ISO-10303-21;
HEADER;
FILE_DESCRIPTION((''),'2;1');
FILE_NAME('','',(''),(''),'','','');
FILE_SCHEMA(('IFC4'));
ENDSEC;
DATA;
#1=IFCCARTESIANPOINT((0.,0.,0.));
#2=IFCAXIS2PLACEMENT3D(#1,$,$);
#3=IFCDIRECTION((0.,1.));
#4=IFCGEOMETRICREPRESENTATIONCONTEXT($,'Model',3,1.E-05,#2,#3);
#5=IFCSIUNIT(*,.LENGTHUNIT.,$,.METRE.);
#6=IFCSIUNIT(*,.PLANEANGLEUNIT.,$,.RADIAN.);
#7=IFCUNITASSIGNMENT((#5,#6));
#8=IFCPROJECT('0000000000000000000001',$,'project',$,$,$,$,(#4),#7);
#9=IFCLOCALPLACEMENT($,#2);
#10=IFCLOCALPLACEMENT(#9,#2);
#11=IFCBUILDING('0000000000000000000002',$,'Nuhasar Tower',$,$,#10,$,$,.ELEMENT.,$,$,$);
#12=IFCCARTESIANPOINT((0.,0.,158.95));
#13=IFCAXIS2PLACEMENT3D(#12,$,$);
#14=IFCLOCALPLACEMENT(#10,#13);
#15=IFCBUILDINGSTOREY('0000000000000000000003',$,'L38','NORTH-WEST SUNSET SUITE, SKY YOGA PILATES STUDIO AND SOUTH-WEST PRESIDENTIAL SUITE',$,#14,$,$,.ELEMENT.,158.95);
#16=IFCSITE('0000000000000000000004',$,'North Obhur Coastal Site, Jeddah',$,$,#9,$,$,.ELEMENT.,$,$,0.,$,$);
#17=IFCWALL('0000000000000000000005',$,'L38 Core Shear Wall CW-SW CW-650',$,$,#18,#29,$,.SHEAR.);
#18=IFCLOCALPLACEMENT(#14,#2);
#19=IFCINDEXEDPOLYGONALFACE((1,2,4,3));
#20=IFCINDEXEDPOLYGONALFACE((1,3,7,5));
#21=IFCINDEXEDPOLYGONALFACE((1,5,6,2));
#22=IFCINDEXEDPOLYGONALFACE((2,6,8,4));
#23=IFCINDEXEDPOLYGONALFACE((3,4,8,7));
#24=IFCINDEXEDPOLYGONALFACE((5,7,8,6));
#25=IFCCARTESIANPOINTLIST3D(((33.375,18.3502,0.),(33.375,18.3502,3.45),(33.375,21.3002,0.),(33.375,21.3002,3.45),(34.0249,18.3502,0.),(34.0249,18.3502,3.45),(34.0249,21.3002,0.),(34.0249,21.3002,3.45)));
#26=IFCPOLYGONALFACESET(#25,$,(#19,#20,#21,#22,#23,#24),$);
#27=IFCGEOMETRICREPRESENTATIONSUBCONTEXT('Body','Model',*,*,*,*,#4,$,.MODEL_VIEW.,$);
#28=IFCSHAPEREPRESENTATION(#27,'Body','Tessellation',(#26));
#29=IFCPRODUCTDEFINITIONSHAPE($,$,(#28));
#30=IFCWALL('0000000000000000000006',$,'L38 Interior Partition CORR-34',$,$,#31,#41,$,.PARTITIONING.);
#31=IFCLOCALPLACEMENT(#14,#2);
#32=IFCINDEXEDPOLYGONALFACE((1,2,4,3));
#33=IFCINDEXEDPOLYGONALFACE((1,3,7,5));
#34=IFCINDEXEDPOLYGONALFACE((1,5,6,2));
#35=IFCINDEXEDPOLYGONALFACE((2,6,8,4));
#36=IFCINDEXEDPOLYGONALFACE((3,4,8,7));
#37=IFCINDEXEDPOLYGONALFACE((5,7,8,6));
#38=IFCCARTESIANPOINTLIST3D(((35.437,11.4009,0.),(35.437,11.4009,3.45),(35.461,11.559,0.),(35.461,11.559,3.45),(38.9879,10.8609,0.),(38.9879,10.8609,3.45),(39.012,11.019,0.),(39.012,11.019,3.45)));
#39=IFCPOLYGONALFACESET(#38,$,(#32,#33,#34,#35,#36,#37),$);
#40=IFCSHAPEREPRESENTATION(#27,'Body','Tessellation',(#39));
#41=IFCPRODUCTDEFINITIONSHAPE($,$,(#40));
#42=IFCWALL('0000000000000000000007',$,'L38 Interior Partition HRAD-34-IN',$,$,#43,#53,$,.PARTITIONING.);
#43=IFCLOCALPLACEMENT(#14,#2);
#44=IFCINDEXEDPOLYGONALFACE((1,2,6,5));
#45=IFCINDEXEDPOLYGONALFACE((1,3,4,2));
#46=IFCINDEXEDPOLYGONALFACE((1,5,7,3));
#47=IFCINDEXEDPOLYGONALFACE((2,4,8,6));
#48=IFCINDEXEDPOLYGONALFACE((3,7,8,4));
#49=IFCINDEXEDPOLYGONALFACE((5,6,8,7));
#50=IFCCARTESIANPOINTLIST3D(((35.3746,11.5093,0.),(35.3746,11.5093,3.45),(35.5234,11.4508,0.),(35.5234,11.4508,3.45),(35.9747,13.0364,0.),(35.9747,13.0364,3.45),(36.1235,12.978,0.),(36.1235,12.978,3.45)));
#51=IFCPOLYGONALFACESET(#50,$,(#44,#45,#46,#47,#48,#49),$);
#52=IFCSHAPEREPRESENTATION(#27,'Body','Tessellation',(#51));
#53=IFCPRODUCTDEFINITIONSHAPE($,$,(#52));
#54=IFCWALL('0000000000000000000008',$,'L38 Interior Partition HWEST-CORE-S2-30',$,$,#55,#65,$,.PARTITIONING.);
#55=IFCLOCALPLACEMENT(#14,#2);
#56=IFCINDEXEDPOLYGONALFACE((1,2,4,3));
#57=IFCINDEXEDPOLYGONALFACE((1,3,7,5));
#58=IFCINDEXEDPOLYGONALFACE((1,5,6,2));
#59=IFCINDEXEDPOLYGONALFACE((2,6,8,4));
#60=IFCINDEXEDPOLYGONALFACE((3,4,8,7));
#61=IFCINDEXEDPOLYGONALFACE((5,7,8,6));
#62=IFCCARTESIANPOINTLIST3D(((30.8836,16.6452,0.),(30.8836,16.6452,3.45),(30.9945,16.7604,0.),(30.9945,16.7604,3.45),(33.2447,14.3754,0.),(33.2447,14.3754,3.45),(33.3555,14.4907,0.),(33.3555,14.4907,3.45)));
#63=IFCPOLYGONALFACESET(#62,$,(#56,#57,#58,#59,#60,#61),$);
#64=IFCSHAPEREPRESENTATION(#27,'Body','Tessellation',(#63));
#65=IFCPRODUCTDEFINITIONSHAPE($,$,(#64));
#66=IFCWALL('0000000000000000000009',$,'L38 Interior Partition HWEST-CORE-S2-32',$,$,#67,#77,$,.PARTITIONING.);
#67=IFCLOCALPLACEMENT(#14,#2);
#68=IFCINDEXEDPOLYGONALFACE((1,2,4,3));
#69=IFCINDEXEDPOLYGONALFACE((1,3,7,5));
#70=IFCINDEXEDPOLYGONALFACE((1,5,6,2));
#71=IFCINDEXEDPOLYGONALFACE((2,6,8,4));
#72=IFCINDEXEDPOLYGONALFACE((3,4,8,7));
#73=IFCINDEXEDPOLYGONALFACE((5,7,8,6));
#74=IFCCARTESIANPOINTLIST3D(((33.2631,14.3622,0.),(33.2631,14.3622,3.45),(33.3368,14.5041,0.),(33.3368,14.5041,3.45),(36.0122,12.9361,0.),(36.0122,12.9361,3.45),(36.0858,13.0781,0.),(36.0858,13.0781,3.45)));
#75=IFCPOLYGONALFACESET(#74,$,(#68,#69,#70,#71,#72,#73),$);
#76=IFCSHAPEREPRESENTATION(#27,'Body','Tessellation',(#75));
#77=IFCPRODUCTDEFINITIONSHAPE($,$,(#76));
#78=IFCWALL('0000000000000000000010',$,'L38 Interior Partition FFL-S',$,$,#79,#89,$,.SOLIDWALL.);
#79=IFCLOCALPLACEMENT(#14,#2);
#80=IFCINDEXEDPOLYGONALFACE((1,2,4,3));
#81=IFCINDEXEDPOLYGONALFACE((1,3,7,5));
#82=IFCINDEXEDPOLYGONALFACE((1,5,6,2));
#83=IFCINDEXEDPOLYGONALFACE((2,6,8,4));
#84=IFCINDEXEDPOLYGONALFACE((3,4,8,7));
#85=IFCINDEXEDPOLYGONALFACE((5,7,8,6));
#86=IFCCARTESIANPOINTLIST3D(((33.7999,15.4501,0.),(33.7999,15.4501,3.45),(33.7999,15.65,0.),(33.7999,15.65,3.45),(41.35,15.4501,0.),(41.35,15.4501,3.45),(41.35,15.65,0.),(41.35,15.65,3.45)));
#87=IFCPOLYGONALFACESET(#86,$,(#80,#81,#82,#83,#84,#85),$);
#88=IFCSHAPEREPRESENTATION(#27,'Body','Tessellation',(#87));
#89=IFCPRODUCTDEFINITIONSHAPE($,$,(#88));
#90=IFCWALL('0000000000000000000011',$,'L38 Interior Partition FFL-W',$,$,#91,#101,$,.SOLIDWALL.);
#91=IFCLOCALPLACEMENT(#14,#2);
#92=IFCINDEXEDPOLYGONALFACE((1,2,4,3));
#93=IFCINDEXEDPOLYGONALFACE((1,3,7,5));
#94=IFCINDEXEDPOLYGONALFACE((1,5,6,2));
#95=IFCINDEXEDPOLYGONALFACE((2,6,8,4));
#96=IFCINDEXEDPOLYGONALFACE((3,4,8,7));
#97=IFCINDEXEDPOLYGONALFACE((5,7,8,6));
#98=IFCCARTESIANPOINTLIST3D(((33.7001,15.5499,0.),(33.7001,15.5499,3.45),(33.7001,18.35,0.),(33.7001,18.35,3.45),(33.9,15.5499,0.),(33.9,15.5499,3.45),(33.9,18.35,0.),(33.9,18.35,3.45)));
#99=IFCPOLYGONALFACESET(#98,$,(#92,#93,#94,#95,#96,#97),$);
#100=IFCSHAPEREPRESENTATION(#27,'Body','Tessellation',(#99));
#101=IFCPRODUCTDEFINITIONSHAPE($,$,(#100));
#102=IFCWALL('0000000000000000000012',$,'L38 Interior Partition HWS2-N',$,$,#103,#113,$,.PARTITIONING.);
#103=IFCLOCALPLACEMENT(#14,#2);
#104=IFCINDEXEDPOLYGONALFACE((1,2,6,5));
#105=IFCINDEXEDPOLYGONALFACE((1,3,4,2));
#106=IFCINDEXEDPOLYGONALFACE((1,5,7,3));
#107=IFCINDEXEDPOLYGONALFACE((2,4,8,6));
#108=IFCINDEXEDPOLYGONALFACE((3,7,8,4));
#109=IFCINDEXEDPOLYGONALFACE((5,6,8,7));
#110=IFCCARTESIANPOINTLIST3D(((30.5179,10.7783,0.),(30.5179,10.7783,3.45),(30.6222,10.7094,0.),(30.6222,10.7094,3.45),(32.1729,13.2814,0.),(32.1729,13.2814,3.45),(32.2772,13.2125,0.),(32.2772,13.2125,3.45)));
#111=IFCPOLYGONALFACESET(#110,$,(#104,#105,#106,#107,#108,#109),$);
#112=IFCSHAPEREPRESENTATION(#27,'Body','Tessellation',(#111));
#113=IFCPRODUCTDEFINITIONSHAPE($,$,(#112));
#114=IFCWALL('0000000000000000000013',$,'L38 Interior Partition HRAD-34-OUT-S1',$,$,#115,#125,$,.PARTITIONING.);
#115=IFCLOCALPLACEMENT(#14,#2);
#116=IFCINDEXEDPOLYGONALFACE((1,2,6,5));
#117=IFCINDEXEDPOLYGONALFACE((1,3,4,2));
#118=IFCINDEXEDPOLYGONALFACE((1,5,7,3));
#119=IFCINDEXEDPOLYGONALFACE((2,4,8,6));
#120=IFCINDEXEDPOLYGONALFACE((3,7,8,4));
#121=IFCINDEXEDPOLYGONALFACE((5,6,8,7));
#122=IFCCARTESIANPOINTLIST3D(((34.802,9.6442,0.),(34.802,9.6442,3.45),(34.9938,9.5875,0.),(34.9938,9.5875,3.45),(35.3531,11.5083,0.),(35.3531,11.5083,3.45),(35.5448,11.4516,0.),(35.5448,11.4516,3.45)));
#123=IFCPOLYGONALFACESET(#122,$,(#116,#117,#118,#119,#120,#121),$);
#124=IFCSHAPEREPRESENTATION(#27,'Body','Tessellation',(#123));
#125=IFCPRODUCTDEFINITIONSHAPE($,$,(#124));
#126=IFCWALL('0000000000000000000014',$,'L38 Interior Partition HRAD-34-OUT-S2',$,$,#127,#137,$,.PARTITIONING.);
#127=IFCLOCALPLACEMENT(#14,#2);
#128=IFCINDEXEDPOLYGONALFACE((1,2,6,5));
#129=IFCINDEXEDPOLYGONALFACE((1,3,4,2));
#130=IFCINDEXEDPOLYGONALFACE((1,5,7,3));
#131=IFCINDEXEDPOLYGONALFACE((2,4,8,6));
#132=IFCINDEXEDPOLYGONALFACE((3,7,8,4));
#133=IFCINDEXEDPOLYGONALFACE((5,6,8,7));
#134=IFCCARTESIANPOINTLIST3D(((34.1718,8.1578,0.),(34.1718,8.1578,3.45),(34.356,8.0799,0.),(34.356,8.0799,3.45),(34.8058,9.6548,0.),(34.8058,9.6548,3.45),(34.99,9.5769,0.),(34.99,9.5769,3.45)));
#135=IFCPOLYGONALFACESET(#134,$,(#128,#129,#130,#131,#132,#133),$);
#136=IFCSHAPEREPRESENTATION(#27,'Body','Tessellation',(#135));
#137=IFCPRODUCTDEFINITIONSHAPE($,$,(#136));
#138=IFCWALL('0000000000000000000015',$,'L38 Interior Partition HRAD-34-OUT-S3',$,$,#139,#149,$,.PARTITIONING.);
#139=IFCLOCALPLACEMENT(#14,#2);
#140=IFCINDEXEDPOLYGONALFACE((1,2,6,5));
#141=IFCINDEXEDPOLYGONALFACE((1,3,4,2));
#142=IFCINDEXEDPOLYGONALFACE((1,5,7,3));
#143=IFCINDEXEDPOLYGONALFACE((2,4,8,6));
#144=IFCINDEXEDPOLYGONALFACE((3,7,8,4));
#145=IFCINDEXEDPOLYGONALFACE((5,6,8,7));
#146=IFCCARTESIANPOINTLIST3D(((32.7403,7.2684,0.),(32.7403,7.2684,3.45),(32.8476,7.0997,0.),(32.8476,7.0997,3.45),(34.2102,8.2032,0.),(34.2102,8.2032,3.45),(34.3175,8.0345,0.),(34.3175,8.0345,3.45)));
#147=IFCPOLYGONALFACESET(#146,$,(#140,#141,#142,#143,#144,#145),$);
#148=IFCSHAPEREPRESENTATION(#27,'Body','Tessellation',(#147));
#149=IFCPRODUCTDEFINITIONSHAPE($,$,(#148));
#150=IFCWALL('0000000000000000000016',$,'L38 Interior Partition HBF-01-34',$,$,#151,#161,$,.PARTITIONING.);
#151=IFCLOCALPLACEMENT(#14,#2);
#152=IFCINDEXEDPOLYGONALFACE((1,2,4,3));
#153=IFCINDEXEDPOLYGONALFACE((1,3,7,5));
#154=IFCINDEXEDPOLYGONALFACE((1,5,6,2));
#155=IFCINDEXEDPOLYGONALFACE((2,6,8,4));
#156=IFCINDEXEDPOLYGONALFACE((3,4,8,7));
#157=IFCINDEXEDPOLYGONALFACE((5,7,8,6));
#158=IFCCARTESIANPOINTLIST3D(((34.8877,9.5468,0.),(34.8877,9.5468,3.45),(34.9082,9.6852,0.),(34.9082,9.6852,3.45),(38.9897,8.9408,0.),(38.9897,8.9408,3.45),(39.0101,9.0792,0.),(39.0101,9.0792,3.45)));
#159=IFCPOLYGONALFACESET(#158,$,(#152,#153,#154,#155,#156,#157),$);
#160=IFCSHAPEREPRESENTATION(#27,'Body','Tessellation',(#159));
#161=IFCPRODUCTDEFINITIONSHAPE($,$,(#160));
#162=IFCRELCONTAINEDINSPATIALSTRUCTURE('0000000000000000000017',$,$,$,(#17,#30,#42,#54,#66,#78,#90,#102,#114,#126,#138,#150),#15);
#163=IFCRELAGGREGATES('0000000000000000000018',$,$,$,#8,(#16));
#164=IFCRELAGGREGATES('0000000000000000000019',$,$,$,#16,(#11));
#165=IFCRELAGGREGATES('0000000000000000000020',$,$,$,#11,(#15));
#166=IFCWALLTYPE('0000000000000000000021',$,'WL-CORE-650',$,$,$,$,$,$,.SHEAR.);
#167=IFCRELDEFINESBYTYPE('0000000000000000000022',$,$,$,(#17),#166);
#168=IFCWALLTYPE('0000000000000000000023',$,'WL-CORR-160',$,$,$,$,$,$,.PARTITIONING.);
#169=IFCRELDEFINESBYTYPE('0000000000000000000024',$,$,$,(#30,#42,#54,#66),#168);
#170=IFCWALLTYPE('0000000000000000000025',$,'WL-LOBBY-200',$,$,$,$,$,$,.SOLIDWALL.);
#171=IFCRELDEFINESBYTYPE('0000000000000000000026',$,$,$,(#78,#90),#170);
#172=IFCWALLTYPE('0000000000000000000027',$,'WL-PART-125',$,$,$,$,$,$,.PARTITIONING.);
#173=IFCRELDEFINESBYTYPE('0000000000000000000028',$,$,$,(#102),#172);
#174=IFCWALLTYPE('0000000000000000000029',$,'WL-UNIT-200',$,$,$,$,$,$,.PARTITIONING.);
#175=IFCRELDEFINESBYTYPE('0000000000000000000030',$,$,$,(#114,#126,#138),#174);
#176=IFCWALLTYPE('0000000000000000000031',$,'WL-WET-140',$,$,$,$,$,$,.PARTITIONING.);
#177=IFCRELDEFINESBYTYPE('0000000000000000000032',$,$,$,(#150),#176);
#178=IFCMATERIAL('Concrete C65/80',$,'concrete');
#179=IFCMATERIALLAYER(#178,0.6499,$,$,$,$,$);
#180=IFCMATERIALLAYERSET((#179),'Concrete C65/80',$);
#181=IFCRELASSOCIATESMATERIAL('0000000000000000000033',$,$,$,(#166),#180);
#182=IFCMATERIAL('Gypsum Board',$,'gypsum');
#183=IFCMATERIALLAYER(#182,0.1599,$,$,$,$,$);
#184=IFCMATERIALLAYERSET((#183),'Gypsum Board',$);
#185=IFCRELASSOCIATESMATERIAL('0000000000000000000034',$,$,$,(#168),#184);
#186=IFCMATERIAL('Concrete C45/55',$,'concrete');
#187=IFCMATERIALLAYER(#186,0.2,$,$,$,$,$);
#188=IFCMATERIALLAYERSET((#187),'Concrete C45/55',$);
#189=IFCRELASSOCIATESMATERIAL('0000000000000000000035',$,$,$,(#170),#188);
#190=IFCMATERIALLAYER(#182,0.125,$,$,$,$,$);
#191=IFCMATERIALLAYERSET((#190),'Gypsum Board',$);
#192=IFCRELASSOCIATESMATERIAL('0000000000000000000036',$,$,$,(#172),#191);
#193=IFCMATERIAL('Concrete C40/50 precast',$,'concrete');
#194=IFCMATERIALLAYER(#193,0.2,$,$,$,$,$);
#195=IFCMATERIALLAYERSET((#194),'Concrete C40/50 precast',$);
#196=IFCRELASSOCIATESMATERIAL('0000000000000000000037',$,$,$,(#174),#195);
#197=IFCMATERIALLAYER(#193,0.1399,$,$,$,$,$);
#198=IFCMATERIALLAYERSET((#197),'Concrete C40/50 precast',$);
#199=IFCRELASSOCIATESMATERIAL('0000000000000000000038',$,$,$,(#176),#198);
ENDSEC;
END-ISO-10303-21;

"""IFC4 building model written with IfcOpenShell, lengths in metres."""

from ifc_helpers import new_model, si_unit, direction, frame, frame_2d, origin, place, context, subcontext, project, spatial, rectangle, extrude, material, layer, layer_set, type_object, element, save


model = new_model("IFC4")

# Units and contexts
model_context = context("Model", 3, precision=1e-05, world=origin(), true_north=direction((0.0, 1.0)))
body_context = subcontext(model_context, "Body", "Model", "MODEL_VIEW")
ifc_project = project(units=[si_unit("LENGTHUNIT", "METRE"), si_unit("PLANEANGLEUNIT", "RADIAN")], contexts=[model_context])

# Site, building, storey
site_placement = place(None, origin())
site = spatial("IfcSite", under=ifc_project, at=site_placement, Name="North Obhur Coastal Site, Jeddah", CompositionType="ELEMENT", RefElevation=0.0)
building_placement = place(site_placement, origin())
building = spatial("IfcBuilding", under=site, at=building_placement, Name="Nuhasar Tower", CompositionType="ELEMENT")
storey_placement = place(building_placement, frame((0.0, 0.0, 158.95)))
storey = spatial("IfcBuildingStorey", under=building, at=storey_placement, Name="L38", Description="NORTH-WEST SUNSET SUITE, SKY YOGA PILATES STUDIO AND SOUTH-WEST PRESIDENTIAL SUITE", CompositionType="ELEMENT", Elevation=158.95)

# Shared definitions
ifc_material_1 = material(Name="Concrete C65/80", Category="concrete")

# Walls
ifc_layer_1 = layer(ifc_material_1, 0.6499)
ifc_layer_set_1 = layer_set([ifc_layer_1], Name="Concrete C65/80")
wall_type_1 = type_object("IfcWallType", Name="WL-CORE-650", PredefinedType="SHEAR", material=ifc_layer_set_1)
wall_1_placement = place(storey_placement, frame((33.7, 18.3501, 0.0), z_axis=(0.0, 0.0, 1.0), x_axis=(0.0, 1.0, 0.0)))
element("IfcWall", 1, at=wall_1_placement, inside=storey, type_object=wall_type_1, Name="L38 Core Shear Wall CW-SW CW-650", PredefinedType="SHEAR", context=body_context, shape_type="SweptSolid", body=[
    extrude(rectangle(XDim=2.95, YDim=0.6499, at=frame_2d((1.4751, 0.0))), origin(), (0.0, 0.0, 1.0), 3.45),
])
ifc_material_2 = material(Name="Gypsum Board", Category="gypsum")
ifc_layer_2 = layer(ifc_material_2, 0.1599)
ifc_layer_set_2 = layer_set([ifc_layer_2], Name="Gypsum Board")
wall_type_2 = type_object("IfcWallType", Name="WL-CORR-160", PredefinedType="PARTITIONING", material=ifc_layer_set_2)
wall_2_placement = place(storey_placement, frame((35.449, 11.48, 0.0), z_axis=(0.0, 0.0, 1.0), x_axis=(0.988633, -0.150351, 0.0)))
element("IfcWall", 2, at=wall_2_placement, inside=storey, type_object=wall_type_2, Name="L38 Interior Partition CORR-34", PredefinedType="PARTITIONING", context=body_context, shape_type="SweptSolid", body=[
    extrude(rectangle(XDim=3.5918, YDim=0.1599, at=frame_2d((1.7959, 0.0))), origin(), (0.0, 0.0, 1.0), 3.45),
])
wall_3_placement = place(storey_placement, frame((36.0491, 13.0071, 0.0), z_axis=(0.0, 0.0, 1.0), x_axis=(-0.36574, -0.930717, 0.0)))
element("IfcWall", 3, at=wall_3_placement, inside=storey, type_object=wall_type_2, Name="L38 Interior Partition HRAD-34-IN", PredefinedType="PARTITIONING", context=body_context, shape_type="SweptSolid", body=[
    extrude(rectangle(XDim=1.6409, YDim=0.1599, at=frame_2d((0.8203, 0.0))), origin(), (0.0, 0.0, 1.0), 3.45),
])
wall_4_placement = place(storey_placement, frame((30.939, 16.7029, 0.0), z_axis=(0.0, 0.0, 1.0), x_axis=(0.720909, -0.69303, 0.0)))
element("IfcWall", 4, at=wall_4_placement, inside=storey, type_object=wall_type_2, Name="L38 Interior Partition HWEST-CORE-S2-30", PredefinedType="PARTITIONING", context=body_context, shape_type="SweptSolid", body=[
    extrude(rectangle(XDim=3.2751, YDim=0.1599, at=frame_2d((1.6377, 0.0))), origin(), (0.0, 0.0, 1.0), 3.45),
])
wall_5_placement = place(storey_placement, frame((33.3, 14.4331, 0.0), z_axis=(0.0, 0.0, 1.0), x_axis=(0.887675, -0.460471, 0.0)))
element("IfcWall", 5, at=wall_5_placement, inside=storey, type_object=wall_type_2, Name="L38 Interior Partition HWEST-CORE-S2-32", PredefinedType="PARTITIONING", context=body_context, shape_type="SweptSolid", body=[
    extrude(rectangle(XDim=3.0969, YDim=0.1599, at=frame_2d((1.5483, 0.0))), origin(), (0.0, 0.0, 1.0), 3.45),
])
ifc_material_3 = material(Name="Concrete C45/55", Category="concrete")
ifc_layer_3 = layer(ifc_material_3, 0.2)
ifc_layer_set_3 = layer_set([ifc_layer_3], Name="Concrete C45/55")
wall_type_3 = type_object("IfcWallType", Name="WL-LOBBY-200", PredefinedType="SOLIDWALL", material=ifc_layer_set_3)
wall_6_placement = place(storey_placement, frame((33.8, 15.55, 0.0), z_axis=(0.0, 0.0, 1.0), x_axis=(1.0, 0.0, 0.0)))
element("IfcWall", 6, at=wall_6_placement, inside=storey, type_object=wall_type_3, Name="L38 Interior Partition FFL-S", PredefinedType="SOLIDWALL", context=body_context, shape_type="SweptSolid", body=[
    extrude(rectangle(XDim=7.55, YDim=0.2, at=frame_2d((3.7749, 0.0))), origin(), (0.0, 0.0, 1.0), 3.45),
])
wall_7_placement = place(storey_placement, frame((33.8, 15.55, 0.0), z_axis=(0.0, 0.0, 1.0), x_axis=(0.0, 1.0, 0.0)))
element("IfcWall", 7, at=wall_7_placement, inside=storey, type_object=wall_type_3, Name="L38 Interior Partition FFL-W", PredefinedType="SOLIDWALL", context=body_context, shape_type="SweptSolid", body=[
    extrude(rectangle(XDim=2.8, YDim=0.2, at=frame_2d((1.3999, 0.0))), origin(), (0.0, 0.0, 1.0), 3.45),
])
ifc_layer_4 = layer(ifc_material_2, 0.125)
ifc_layer_set_4 = layer_set([ifc_layer_4], Name="Gypsum Board")
wall_type_4 = type_object("IfcWallType", Name="WL-PART-125", PredefinedType="PARTITIONING", material=ifc_layer_set_4)
wall_8_placement = place(storey_placement, frame((32.2251, 13.2471, 0.0), z_axis=(0.0, 0.0, 1.0), x_axis=(-0.551523, -0.83416, 0.0)))
element("IfcWall", 8, at=wall_8_placement, inside=storey, type_object=wall_type_4, Name="L38 Interior Partition HWS2-N", PredefinedType="PARTITIONING", context=body_context, shape_type="SweptSolid", body=[
    extrude(rectangle(XDim=3.0007, YDim=0.125, at=frame_2d((1.5005, 0.0))), origin(), (0.0, 0.0, 1.0), 3.45),
])
ifc_material_4 = material(Name="Concrete C40/50 precast", Category="concrete")
ifc_layer_5 = layer(ifc_material_4, 0.2)
ifc_layer_set_5 = layer_set([ifc_layer_5], Name="Concrete C40/50 precast")
wall_type_5 = type_object("IfcWallType", Name="WL-UNIT-200", PredefinedType="PARTITIONING", material=ifc_layer_set_5)
wall_9_placement = place(storey_placement, frame((35.449, 11.48, 0.0), z_axis=(0.0, 0.0, 1.0), x_axis=(-0.283485, -0.958977, 0.0)))
element("IfcWall", 9, at=wall_9_placement, inside=storey, type_object=wall_type_5, Name="L38 Interior Partition HRAD-34-OUT-S1", PredefinedType="PARTITIONING", context=body_context, shape_type="SweptSolid", body=[
    extrude(rectangle(XDim=1.9438, YDim=0.2, at=frame_2d((0.9719, 0.0))), origin(), (0.0, 0.0, 1.0), 3.45),
])
wall_10_placement = place(storey_placement, frame((34.8979, 9.616, 0.0), z_axis=(0.0, 0.0, 1.0), x_axis=(-0.389983, -0.920822, 0.0)))
element("IfcWall", 10, at=wall_10_placement, inside=storey, type_object=wall_type_5, Name="L38 Interior Partition HRAD-34-OUT-S2", PredefinedType="PARTITIONING", context=body_context, shape_type="SweptSolid", body=[
    extrude(rectangle(XDim=1.6257, YDim=0.2, at=frame_2d((0.813, 0.0))), origin(), (0.0, 0.0, 1.0), 3.45),
])
wall_11_placement = place(storey_placement, frame((34.2639, 8.1189, 0.0), z_axis=(0.0, 0.0, 1.0), x_axis=(-0.843823, -0.536622, 0.0)))
element("IfcWall", 11, at=wall_11_placement, inside=storey, type_object=wall_type_5, Name="L38 Interior Partition HRAD-34-OUT-S3", PredefinedType="PARTITIONING", context=body_context, shape_type="SweptSolid", body=[
    extrude(rectangle(XDim=1.7419, YDim=0.2, at=frame_2d((0.8711, 0.0))), origin(), (0.0, 0.0, 1.0), 3.45),
])
ifc_layer_6 = layer(ifc_material_4, 0.1399)
ifc_layer_set_6 = layer_set([ifc_layer_6], Name="Concrete C40/50 precast")
wall_type_6 = type_object("IfcWallType", Name="WL-WET-140", PredefinedType="PARTITIONING", material=ifc_layer_set_6)
wall_12_placement = place(storey_placement, frame((34.8979, 9.616, 0.0), z_axis=(0.0, 0.0, 1.0), x_axis=(0.989265, -0.146135, 0.0)))
element("IfcWall", 12, at=wall_12_placement, inside=storey, type_object=wall_type_6, Name="L38 Interior Partition HBF-01-34", PredefinedType="PARTITIONING", context=body_context, shape_type="SweptSolid", body=[
    extrude(rectangle(XDim=4.1465, YDim=0.1399, at=frame_2d((2.0732, 0.0))), origin(), (0.0, 0.0, 1.0), 3.45),
])

save(model, "model.ifc")
